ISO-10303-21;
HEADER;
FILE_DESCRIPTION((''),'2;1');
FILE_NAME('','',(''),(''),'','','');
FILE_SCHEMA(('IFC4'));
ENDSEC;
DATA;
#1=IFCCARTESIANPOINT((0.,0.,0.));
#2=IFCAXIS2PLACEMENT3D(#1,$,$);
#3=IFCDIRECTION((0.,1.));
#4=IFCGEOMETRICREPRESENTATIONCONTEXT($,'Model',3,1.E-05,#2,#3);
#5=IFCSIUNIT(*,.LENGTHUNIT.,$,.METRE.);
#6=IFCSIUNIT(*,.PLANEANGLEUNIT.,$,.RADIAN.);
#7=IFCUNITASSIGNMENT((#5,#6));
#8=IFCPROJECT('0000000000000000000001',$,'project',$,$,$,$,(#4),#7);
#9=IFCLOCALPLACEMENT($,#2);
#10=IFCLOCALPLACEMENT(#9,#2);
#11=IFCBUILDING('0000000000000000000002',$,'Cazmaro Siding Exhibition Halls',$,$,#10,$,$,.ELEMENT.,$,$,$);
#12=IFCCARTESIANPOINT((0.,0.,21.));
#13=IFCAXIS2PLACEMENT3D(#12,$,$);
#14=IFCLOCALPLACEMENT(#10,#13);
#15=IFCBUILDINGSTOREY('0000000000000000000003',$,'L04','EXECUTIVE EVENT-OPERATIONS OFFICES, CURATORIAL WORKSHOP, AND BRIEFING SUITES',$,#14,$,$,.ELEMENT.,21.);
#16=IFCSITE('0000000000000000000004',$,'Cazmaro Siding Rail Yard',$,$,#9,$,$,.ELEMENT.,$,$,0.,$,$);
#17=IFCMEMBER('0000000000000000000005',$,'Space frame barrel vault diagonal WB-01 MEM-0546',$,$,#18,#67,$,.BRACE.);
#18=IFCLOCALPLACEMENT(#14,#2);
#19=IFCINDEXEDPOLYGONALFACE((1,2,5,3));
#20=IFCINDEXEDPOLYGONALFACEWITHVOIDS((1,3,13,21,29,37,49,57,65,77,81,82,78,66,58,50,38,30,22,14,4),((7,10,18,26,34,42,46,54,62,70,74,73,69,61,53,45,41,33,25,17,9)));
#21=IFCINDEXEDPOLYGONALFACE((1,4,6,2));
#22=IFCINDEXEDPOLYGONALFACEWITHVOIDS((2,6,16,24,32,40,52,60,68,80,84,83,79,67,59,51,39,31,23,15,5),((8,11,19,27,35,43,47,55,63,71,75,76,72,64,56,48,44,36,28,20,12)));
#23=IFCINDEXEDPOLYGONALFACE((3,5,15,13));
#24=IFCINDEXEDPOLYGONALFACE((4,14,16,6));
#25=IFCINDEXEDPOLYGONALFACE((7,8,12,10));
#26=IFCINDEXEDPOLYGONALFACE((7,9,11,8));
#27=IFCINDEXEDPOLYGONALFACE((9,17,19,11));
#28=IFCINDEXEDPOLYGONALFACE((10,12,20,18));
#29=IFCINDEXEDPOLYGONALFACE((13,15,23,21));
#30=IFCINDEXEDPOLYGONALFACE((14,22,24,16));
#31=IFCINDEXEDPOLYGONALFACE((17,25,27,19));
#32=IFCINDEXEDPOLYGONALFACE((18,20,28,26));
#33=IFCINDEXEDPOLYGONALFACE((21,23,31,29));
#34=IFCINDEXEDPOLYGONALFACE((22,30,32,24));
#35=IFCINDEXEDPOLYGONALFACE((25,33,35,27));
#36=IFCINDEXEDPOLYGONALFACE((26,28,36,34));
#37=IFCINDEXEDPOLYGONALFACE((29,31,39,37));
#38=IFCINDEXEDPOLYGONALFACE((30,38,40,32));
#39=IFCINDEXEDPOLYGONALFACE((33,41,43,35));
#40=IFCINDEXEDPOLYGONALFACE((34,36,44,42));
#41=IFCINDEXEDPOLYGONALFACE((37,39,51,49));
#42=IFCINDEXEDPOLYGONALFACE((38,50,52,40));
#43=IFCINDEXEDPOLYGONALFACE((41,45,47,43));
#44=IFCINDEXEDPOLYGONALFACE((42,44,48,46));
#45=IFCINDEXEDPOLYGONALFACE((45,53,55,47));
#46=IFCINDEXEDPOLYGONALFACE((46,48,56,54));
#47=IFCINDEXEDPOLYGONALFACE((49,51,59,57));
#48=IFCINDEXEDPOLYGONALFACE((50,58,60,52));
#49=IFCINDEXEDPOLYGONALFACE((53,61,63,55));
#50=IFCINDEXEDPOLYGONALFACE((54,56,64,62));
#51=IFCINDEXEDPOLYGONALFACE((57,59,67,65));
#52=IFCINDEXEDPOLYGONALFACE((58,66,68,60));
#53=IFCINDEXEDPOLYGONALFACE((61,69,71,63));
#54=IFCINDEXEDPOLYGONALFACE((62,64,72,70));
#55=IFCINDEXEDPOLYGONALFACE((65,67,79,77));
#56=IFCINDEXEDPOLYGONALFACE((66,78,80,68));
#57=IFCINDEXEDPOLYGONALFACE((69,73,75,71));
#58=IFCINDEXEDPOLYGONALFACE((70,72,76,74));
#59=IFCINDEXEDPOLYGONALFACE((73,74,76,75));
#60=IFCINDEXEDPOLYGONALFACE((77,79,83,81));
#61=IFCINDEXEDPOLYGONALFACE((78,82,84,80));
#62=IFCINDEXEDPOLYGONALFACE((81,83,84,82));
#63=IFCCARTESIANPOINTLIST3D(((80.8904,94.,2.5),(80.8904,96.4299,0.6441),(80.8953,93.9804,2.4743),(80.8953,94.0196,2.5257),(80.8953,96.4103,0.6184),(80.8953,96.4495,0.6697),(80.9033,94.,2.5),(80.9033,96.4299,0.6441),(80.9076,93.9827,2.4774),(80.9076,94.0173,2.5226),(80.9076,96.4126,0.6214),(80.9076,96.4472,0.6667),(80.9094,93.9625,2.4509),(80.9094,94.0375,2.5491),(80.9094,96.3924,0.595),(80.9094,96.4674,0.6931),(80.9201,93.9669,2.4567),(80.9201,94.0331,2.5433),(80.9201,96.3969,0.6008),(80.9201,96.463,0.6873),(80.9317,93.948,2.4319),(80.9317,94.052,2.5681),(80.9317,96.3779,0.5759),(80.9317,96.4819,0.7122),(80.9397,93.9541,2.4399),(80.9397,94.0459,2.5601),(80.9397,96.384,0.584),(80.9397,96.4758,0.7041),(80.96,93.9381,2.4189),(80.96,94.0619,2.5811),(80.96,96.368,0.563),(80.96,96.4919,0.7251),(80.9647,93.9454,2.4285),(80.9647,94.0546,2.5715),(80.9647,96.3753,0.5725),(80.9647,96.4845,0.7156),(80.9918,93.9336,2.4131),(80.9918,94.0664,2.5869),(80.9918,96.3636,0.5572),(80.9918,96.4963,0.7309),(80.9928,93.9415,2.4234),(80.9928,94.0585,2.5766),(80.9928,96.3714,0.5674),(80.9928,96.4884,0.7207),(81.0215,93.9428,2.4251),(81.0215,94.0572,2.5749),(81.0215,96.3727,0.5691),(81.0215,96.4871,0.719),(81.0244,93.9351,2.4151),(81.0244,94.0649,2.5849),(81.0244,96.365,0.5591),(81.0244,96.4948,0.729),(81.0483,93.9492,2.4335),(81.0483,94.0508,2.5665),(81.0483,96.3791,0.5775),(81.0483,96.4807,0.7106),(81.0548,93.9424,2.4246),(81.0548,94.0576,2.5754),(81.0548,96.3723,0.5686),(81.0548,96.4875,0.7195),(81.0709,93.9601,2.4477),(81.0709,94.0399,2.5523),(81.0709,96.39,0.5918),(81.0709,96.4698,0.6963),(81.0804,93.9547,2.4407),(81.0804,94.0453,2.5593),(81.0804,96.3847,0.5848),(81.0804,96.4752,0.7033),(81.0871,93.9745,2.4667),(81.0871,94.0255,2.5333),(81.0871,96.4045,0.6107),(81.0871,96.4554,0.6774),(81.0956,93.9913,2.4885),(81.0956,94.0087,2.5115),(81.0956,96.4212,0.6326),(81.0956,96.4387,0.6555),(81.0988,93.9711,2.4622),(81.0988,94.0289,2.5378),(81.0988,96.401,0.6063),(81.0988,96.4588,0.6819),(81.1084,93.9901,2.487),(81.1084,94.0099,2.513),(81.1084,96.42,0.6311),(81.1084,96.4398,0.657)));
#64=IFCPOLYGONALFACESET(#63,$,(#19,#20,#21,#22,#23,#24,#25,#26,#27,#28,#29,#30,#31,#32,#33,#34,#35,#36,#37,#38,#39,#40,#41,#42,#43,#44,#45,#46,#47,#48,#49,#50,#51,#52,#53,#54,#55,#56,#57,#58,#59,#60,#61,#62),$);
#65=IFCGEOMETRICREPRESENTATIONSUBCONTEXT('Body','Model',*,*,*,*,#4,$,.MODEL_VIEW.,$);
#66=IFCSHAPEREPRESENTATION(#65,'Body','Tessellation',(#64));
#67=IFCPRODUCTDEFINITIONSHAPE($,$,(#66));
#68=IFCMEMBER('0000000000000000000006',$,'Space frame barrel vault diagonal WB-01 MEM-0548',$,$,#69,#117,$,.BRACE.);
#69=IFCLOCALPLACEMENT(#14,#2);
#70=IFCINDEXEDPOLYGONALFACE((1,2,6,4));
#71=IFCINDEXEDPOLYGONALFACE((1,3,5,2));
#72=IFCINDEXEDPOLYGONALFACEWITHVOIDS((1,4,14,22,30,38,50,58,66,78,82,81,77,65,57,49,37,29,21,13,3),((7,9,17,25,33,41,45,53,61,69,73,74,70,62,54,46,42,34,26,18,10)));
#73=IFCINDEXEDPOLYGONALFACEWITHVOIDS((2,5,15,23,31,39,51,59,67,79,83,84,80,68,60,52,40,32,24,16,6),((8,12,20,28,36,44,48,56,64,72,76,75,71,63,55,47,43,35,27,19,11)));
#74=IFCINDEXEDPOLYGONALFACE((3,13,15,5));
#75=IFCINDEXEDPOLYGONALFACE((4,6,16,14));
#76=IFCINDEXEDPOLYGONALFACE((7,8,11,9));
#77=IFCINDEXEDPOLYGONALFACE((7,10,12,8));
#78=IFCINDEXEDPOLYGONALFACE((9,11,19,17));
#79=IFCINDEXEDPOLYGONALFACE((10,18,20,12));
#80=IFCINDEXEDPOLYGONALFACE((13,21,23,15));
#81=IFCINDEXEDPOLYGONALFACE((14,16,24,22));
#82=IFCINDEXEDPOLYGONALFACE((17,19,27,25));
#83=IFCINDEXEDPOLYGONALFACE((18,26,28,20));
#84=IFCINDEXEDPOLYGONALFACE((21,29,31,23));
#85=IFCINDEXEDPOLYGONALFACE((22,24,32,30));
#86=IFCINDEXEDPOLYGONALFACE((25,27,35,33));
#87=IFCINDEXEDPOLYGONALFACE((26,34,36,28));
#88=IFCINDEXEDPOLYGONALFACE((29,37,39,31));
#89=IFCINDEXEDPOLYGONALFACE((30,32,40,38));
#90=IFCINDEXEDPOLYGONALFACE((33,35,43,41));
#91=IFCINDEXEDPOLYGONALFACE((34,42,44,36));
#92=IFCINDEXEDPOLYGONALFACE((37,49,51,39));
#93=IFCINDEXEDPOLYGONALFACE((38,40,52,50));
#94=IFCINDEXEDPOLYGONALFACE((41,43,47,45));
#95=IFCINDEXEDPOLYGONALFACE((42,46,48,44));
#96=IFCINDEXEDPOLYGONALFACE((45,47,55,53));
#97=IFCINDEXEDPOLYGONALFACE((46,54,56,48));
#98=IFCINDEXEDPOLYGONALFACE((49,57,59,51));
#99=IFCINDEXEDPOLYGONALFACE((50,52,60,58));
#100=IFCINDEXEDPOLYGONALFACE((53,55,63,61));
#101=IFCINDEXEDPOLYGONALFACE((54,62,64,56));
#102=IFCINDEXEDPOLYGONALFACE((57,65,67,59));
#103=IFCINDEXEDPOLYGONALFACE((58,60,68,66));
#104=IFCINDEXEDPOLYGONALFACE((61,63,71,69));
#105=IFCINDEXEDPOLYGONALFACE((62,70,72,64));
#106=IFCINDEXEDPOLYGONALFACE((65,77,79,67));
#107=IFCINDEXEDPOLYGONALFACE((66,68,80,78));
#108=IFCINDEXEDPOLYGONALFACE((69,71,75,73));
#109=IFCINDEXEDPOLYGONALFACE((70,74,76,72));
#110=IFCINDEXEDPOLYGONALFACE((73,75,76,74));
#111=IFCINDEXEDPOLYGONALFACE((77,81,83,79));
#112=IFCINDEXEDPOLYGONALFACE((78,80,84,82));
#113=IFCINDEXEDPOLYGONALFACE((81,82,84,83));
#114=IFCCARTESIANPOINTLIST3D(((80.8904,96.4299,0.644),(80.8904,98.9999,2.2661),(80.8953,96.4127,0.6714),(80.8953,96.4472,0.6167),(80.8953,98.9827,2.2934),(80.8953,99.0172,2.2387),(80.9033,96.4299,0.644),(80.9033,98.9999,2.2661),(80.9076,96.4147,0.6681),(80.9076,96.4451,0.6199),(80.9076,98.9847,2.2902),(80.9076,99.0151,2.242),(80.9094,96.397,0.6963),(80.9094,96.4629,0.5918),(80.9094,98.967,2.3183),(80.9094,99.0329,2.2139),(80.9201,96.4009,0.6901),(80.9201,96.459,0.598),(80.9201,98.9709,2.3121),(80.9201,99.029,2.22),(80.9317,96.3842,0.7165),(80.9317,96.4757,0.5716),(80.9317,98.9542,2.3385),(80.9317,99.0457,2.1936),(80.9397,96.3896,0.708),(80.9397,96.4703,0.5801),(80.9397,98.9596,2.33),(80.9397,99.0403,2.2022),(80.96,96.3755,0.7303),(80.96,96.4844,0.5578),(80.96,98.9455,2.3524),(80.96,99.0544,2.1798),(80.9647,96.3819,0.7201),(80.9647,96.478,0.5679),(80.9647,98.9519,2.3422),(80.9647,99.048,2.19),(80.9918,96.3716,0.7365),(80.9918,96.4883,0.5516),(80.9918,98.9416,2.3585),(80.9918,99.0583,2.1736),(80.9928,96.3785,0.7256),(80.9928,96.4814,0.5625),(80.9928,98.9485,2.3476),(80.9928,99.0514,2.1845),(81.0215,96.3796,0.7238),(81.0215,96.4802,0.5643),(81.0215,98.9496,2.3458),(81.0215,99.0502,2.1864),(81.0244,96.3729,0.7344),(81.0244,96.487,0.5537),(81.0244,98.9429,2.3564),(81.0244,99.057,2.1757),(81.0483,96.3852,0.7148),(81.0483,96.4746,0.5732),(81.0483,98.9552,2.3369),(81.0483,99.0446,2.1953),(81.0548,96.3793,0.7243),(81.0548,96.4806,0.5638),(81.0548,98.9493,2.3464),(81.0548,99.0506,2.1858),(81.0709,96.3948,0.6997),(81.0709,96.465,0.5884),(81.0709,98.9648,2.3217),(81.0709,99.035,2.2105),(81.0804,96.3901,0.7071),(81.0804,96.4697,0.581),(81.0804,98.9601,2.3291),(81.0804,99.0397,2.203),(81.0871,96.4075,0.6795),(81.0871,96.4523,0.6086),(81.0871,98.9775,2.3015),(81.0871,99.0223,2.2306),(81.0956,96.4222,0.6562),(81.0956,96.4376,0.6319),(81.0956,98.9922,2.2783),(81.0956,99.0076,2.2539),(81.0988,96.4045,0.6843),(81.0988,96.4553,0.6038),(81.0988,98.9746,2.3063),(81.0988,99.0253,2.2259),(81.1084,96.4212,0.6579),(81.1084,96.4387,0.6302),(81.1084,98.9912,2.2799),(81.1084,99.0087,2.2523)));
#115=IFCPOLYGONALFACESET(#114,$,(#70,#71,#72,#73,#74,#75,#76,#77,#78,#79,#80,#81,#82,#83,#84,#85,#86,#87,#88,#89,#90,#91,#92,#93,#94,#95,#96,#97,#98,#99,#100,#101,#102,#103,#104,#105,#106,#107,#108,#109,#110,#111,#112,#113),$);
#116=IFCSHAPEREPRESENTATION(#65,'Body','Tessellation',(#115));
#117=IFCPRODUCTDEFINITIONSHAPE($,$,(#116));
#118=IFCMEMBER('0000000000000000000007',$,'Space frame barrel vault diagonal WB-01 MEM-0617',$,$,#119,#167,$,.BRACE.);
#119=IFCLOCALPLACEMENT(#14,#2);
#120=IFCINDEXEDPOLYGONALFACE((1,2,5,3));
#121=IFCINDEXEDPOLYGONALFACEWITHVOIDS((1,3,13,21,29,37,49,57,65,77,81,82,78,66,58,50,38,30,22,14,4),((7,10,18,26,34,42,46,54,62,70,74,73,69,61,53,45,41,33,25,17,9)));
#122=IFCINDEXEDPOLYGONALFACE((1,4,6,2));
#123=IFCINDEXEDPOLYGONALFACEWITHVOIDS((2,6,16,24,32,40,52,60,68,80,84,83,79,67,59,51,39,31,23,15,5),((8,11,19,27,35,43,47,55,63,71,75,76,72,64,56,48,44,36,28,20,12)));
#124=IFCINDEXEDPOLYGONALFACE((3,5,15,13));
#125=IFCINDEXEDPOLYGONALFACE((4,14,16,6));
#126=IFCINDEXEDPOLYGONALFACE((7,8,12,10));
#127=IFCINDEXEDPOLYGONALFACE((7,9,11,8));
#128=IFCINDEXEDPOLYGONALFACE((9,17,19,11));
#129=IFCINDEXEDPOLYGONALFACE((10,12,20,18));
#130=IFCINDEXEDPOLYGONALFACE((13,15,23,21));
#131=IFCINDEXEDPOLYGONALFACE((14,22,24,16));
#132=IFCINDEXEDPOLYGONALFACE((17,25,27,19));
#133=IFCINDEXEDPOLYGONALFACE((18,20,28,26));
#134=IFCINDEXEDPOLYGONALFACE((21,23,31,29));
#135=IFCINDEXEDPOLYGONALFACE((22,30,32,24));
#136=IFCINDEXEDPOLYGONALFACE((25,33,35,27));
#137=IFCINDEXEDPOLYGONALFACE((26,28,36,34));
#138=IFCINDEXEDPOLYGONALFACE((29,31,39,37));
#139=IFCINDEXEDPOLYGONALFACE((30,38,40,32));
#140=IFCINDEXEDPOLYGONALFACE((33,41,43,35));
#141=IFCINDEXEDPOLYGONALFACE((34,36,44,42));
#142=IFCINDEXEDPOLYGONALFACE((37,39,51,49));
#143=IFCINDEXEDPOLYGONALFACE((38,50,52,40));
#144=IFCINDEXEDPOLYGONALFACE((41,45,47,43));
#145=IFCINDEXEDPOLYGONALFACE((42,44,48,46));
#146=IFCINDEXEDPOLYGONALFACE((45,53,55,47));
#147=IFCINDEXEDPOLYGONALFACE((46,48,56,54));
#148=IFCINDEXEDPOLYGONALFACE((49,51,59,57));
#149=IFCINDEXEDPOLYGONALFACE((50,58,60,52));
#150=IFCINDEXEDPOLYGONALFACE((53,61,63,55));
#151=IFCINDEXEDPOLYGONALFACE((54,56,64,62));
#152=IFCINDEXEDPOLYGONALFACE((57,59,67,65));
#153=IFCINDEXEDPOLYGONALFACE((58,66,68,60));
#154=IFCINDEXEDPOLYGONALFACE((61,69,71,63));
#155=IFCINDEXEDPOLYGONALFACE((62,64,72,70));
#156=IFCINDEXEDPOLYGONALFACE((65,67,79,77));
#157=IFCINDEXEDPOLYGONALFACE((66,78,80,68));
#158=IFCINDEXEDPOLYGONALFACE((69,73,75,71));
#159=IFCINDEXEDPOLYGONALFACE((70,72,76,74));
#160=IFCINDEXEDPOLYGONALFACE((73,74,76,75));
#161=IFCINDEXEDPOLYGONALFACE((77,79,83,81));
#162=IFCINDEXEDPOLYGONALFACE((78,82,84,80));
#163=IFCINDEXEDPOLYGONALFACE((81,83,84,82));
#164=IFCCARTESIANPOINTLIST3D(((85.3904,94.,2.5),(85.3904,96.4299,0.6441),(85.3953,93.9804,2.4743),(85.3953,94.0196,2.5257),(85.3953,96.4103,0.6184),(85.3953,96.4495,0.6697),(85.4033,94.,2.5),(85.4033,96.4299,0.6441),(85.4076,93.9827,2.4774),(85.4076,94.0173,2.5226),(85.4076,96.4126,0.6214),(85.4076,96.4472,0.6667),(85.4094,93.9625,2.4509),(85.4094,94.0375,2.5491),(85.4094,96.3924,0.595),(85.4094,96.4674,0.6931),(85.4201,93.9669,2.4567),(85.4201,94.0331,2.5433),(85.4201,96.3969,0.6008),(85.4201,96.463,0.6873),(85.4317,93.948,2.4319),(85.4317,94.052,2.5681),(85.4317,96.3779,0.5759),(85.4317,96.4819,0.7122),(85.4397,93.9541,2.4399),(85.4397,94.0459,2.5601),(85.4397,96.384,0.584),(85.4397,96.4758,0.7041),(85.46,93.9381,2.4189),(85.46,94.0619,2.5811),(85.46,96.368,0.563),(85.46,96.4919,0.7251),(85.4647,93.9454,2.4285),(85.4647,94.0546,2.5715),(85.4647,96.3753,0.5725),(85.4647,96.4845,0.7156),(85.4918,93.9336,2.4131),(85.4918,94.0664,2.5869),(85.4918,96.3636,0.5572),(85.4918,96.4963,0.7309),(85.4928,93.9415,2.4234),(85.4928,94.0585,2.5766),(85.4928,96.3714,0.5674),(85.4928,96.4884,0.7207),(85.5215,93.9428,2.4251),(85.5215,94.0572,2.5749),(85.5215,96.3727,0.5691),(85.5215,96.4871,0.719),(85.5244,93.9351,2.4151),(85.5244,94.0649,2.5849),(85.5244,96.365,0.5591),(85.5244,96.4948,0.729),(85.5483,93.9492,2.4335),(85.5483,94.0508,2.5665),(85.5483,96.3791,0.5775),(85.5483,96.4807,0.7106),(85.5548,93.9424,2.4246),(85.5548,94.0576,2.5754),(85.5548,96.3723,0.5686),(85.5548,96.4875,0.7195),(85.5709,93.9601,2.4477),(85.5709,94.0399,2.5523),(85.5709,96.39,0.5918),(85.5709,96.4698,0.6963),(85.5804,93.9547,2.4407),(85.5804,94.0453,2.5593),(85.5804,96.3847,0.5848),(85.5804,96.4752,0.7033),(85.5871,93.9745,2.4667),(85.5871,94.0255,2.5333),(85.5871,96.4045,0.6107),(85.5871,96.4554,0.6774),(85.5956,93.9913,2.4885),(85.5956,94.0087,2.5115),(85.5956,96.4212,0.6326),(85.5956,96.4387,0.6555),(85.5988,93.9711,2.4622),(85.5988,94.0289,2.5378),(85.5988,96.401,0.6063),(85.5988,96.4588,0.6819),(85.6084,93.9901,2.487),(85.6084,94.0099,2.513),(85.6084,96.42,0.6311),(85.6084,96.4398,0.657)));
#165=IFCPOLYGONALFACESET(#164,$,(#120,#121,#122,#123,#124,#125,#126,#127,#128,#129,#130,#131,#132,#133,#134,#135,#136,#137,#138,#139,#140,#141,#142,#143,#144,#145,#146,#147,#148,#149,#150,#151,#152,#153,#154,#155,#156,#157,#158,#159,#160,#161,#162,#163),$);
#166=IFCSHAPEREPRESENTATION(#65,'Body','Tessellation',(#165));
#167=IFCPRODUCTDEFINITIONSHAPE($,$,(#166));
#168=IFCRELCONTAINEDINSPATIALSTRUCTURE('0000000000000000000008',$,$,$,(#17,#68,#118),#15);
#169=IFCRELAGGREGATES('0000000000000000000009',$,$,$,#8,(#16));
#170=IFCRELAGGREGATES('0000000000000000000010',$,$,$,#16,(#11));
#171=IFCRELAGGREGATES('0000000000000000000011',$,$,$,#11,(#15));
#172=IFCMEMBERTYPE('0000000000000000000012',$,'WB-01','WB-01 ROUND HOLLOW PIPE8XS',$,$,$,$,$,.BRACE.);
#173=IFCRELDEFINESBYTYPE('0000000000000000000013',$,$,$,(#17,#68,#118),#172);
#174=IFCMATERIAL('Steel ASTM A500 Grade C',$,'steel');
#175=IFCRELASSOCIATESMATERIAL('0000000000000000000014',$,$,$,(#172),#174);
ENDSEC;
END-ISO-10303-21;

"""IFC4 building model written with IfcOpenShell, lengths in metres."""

from ifc_helpers import new_model, si_unit, direction, frame, origin, origin_2d, place, context, subcontext, project, spatial, hollow_circle, extrude, material, material_profile, profile_set, type_object, element, save


model = new_model("IFC4")

# Units and contexts
model_context = context("Model", 3, precision=1e-05, world=origin(), true_north=direction((0.0, 1.0)))
body_context = subcontext(model_context, "Body", "Model", "MODEL_VIEW")
ifc_project = project(units=[si_unit("LENGTHUNIT", "METRE"), si_unit("PLANEANGLEUNIT", "RADIAN")], contexts=[model_context])

# Site, building, storey
site_placement = place(None, origin())
site = spatial("IfcSite", under=ifc_project, at=site_placement, Name="Cazmaro Siding Rail Yard", CompositionType="ELEMENT", RefElevation=0.0)
building_placement = place(site_placement, origin())
building = spatial("IfcBuilding", under=site, at=building_placement, Name="Cazmaro Siding Exhibition Halls", CompositionType="ELEMENT")
storey_placement = place(building_placement, frame((0.0, 0.0, 21.0)))
storey = spatial("IfcBuildingStorey", under=building, at=storey_placement, Name="L04", Description="EXECUTIVE EVENT-OPERATIONS OFFICES, CURATORIAL WORKSHOP, AND BRIEFING SUITES", CompositionType="ELEMENT", Elevation=21.0)

# Members
ifc_material_1 = material(Name="Steel ASTM A500 Grade C", Category="steel")
ifc_material_profile_1 = material_profile(ifc_material_1, hollow_circle(Radius=0.1096, WallThickness=0.0129, at=origin_2d()), Name="PIPE8XS")
ifc_profile_set_1 = profile_set([ifc_material_profile_1], Name="Steel ASTM A500 Grade C")
member_type_1 = type_object("IfcMemberType", Name="WB-01", Description="WB-01 ROUND HOLLOW PIPE8XS", PredefinedType="BRACE", material=ifc_profile_set_1)
member_1_placement = place(storey_placement, frame((81.0, 94.0, 2.5), z_axis=(0.0, 0.794709, -0.606991), x_axis=(-1.0, 0.0, 0.0)))
element("IfcMember", 1, at=member_1_placement, inside=storey, type_object=member_type_1, Name="Space frame barrel vault diagonal WB-01 MEM-0546", PredefinedType="BRACE", context=body_context, shape_type="SweptSolid", body=[
    extrude(hollow_circle(Radius=0.1096, WallThickness=0.0129, at=origin_2d()), origin(), (0.0, 0.0, 1.0), 3.0576),
])
member_2_placement = place(storey_placement, frame((81.0, 96.4299, 0.644), z_axis=(0.0, 0.845657, 0.533727), x_axis=(-1.0, 0.0, 0.0)))
element("IfcMember", 2, at=member_2_placement, inside=storey, type_object=member_type_1, Name="Space frame barrel vault diagonal WB-01 MEM-0548", PredefinedType="BRACE", context=body_context, shape_type="SweptSolid", body=[
    extrude(hollow_circle(Radius=0.1096, WallThickness=0.0129, at=origin_2d()), origin(), (0.0, 0.0, 1.0), 3.0391),
])
member_3_placement = place(storey_placement, frame((85.5, 94.0, 2.5), z_axis=(0.0, 0.794709, -0.606991), x_axis=(-1.0, 0.0, 0.0)))
element("IfcMember", 3, at=member_3_placement, inside=storey, type_object=member_type_1, Name="Space frame barrel vault diagonal WB-01 MEM-0617", PredefinedType="BRACE", context=body_context, shape_type="SweptSolid", body=[
    extrude(hollow_circle(Radius=0.1096, WallThickness=0.0129, at=origin_2d()), origin(), (0.0, 0.0, 1.0), 3.0576),
])

save(model, "model.ifc")
